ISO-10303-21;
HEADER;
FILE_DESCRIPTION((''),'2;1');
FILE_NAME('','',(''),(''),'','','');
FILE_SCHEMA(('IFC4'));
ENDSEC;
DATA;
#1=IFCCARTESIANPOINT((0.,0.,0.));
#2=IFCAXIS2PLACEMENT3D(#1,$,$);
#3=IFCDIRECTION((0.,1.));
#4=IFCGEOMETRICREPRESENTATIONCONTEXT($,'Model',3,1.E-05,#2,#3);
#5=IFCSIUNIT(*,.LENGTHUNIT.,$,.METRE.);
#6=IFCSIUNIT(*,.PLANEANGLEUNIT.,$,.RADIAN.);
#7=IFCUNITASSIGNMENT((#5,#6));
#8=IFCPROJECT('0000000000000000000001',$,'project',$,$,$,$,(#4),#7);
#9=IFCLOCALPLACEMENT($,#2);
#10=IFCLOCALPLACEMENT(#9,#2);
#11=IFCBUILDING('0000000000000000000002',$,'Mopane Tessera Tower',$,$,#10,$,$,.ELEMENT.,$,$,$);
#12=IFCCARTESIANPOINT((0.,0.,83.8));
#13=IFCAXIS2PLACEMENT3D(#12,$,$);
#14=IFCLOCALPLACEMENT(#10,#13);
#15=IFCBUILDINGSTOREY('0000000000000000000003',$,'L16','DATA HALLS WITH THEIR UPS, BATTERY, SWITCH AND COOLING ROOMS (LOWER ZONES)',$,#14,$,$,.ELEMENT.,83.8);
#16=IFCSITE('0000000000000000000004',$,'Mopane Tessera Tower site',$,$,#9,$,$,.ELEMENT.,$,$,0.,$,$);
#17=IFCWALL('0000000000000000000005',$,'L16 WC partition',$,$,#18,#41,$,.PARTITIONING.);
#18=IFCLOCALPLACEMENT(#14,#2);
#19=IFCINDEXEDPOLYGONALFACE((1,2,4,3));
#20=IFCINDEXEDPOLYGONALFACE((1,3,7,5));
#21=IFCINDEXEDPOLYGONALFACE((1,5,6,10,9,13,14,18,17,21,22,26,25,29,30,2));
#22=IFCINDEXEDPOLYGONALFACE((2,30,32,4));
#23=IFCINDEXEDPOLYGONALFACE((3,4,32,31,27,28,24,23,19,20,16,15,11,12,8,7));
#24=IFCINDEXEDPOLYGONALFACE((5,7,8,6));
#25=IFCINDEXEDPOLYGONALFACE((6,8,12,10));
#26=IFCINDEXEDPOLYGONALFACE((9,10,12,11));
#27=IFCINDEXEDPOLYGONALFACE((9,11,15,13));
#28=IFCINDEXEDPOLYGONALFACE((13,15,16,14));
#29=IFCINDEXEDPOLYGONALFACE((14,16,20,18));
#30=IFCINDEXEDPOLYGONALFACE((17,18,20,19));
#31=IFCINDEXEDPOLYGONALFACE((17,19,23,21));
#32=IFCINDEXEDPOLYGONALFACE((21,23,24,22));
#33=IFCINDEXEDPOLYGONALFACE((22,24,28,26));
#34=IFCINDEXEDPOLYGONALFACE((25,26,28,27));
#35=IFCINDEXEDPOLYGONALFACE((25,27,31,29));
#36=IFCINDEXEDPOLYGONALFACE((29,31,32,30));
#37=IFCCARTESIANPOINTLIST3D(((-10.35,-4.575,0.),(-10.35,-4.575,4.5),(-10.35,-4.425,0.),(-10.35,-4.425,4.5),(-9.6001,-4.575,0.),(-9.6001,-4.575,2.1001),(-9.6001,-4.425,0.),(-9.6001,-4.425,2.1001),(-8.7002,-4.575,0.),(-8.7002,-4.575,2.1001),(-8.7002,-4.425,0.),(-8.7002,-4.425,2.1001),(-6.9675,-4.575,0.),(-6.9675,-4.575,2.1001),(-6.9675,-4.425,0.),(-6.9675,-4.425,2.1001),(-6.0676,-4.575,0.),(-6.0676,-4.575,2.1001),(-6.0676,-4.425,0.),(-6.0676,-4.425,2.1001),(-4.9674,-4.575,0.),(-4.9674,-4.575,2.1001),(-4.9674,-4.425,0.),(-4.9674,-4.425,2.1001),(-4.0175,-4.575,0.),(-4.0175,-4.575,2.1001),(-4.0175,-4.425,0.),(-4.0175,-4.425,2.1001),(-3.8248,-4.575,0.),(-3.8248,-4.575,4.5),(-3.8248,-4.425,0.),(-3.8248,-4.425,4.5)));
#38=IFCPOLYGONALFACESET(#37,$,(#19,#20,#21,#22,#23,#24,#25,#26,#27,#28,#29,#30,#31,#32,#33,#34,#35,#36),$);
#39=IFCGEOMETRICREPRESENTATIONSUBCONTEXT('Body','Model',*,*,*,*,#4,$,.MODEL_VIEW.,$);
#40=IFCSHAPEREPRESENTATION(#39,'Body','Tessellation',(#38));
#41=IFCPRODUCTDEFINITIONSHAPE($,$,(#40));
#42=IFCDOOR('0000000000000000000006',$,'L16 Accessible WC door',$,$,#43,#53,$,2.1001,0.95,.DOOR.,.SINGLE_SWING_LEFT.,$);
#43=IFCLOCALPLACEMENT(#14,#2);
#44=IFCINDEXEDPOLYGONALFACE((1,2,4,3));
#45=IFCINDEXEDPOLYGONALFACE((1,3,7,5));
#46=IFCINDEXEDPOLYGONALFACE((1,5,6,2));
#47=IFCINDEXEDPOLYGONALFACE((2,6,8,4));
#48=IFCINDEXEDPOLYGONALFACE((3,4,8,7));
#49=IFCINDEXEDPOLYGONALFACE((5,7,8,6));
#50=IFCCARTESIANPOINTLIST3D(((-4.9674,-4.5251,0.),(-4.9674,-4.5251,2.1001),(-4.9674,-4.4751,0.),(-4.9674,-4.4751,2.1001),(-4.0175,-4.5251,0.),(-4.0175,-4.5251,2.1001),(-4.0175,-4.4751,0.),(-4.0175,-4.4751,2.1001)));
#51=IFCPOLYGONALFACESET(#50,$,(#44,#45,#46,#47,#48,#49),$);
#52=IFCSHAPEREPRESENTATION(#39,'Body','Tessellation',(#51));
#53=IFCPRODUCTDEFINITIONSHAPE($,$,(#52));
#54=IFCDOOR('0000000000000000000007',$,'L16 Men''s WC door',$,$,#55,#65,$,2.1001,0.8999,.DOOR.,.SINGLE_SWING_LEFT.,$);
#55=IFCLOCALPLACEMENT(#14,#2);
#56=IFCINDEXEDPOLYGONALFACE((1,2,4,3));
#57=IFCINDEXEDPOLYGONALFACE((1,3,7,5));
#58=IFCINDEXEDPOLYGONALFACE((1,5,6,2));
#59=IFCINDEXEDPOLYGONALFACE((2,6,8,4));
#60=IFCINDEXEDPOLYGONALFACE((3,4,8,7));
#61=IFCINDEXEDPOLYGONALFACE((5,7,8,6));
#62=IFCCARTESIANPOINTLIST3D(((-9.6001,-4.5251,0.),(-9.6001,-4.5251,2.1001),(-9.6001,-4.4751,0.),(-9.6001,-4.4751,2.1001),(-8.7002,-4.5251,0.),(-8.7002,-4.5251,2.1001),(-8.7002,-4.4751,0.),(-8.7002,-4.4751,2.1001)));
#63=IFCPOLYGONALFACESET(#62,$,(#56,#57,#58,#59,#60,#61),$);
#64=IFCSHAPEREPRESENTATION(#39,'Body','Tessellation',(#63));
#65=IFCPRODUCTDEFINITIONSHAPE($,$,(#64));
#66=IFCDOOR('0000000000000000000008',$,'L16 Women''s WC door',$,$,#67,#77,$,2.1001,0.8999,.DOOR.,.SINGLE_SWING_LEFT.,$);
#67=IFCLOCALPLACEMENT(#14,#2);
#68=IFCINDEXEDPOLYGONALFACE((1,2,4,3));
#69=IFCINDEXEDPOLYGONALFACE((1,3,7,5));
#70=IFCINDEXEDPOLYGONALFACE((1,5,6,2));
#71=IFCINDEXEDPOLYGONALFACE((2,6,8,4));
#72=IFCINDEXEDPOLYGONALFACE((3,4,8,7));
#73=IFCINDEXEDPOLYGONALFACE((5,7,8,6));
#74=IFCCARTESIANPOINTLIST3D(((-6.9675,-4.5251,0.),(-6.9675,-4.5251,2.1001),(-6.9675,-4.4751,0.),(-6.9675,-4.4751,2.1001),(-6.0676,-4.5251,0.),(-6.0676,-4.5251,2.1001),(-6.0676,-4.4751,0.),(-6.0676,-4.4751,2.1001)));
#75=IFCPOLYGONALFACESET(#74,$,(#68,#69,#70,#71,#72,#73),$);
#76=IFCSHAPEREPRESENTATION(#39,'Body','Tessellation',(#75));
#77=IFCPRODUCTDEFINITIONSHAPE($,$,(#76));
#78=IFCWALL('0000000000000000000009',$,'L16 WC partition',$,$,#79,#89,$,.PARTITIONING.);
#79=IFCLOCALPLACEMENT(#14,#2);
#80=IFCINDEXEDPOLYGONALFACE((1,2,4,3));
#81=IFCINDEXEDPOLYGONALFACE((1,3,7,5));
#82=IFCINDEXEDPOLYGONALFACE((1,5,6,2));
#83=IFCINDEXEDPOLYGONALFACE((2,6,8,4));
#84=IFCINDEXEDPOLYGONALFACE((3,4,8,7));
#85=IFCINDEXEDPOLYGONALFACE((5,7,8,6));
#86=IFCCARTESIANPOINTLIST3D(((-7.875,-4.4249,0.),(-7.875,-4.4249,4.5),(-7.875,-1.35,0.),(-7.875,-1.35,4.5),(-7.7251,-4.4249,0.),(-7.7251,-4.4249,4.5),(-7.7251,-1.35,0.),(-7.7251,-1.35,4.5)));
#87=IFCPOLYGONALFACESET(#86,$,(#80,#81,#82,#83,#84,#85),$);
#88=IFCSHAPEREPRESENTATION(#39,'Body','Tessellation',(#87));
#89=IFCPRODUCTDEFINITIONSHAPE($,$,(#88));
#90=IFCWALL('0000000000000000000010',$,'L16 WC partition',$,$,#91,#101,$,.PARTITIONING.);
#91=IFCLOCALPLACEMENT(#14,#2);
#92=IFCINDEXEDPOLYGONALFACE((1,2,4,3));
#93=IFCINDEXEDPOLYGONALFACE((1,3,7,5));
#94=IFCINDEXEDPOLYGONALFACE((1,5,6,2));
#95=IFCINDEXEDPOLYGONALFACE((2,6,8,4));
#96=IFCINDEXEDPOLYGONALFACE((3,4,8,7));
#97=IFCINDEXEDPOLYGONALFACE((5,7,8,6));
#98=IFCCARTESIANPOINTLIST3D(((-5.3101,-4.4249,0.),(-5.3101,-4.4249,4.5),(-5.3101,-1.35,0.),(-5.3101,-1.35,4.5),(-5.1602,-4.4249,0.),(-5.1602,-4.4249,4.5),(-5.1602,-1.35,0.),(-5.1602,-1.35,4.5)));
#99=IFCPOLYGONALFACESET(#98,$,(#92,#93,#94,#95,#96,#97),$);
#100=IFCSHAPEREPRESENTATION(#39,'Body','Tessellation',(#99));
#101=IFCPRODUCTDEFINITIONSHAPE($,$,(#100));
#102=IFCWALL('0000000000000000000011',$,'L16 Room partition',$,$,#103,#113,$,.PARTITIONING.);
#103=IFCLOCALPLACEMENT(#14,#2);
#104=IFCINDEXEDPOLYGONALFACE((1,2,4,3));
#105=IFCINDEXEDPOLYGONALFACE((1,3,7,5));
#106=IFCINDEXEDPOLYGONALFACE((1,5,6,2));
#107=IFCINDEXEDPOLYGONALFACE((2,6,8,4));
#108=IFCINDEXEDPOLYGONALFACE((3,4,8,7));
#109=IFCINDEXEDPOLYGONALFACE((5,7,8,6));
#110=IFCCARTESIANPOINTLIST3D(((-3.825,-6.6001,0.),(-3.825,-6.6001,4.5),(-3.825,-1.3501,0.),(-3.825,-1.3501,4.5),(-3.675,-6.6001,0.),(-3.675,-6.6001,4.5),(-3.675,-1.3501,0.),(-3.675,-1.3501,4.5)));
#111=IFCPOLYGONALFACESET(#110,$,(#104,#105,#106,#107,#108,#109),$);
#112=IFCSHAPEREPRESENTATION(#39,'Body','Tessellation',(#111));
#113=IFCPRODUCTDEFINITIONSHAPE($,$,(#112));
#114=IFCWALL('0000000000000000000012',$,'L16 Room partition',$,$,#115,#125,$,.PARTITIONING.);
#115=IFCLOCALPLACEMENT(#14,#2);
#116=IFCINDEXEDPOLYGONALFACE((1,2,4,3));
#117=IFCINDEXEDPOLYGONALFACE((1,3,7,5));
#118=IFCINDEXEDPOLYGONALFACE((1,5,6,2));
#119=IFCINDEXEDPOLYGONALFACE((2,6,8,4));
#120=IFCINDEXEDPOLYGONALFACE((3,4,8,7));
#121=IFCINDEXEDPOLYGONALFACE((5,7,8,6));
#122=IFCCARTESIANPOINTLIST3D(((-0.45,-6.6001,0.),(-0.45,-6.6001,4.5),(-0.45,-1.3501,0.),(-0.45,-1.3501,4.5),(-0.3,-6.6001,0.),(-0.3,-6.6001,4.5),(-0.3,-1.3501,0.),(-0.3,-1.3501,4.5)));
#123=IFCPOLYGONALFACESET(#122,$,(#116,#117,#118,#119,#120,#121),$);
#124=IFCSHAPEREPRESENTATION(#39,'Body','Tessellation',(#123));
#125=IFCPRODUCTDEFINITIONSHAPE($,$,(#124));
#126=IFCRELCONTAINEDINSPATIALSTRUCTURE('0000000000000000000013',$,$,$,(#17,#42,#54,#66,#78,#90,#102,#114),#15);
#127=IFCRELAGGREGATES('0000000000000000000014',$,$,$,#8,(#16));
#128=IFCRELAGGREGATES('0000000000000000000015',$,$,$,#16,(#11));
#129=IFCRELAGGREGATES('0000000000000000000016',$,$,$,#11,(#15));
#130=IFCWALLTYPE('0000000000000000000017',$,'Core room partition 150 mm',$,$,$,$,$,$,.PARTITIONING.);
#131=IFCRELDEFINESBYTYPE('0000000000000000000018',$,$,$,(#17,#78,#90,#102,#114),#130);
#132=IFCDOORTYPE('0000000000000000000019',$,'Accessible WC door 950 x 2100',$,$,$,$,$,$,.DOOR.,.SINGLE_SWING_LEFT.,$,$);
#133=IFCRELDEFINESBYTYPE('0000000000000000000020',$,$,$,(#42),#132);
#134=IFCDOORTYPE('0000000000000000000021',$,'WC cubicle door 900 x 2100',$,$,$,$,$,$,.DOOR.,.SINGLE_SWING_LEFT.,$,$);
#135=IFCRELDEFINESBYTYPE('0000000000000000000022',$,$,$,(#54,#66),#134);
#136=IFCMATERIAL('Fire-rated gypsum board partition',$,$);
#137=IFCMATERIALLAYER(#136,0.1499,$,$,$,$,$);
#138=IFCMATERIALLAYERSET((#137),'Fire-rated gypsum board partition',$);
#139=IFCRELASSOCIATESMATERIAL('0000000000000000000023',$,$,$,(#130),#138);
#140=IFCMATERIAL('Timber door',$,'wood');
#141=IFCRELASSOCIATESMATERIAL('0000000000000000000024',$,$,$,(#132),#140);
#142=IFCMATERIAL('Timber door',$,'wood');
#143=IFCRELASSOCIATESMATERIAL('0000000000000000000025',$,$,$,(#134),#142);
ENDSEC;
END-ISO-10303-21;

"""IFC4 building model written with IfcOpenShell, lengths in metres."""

from ifc_helpers import new_model, si_unit, direction, frame, frame_2d, origin, place, context, subcontext, project, spatial, rectangle, extrude, material, layer, layer_set, type_object, element, fill, save


model = new_model("IFC4")

# Units and contexts
model_context = context("Model", 3, precision=1e-05, world=origin(), true_north=direction((0.0, 1.0)))
body_context = subcontext(model_context, "Body", "Model", "MODEL_VIEW")
ifc_project = project(units=[si_unit("LENGTHUNIT", "METRE"), si_unit("PLANEANGLEUNIT", "RADIAN")], contexts=[model_context])

# Site, building, storey
site_placement = place(None, origin())
site = spatial("IfcSite", under=ifc_project, at=site_placement, Name="Mopane Tessera Tower site", CompositionType="ELEMENT", RefElevation=0.0)
building_placement = place(site_placement, origin())
building = spatial("IfcBuilding", under=site, at=building_placement, Name="Mopane Tessera Tower", CompositionType="ELEMENT")
storey_placement = place(building_placement, frame((0.0, 0.0, 83.8)))
storey = spatial("IfcBuildingStorey", under=building, at=storey_placement, Name="L16", Description="DATA HALLS WITH THEIR UPS, BATTERY, SWITCH AND COOLING ROOMS (LOWER ZONES)", CompositionType="ELEMENT", Elevation=83.8)

# Wall, openings, doors
ifc_material_1 = material(Name="Fire-rated gypsum board partition")
ifc_layer_1 = layer(ifc_material_1, 0.1499)
ifc_layer_set_1 = layer_set([ifc_layer_1], Name="Fire-rated gypsum board partition")
wall_type_1 = type_object("IfcWallType", Name="Core room partition 150 mm", PredefinedType="PARTITIONING", material=ifc_layer_set_1)
wall_1_placement = place(storey_placement, frame((-10.3501, -4.5, 0.0), z_axis=(0.0, 0.0, 1.0), x_axis=(1.0, 0.0, 0.0)))
wall_1 = element("IfcWall", 1, at=wall_1_placement, inside=storey, type_object=wall_type_1, Name="L16 WC partition", PredefinedType="PARTITIONING", context=body_context, shape_type="SweptSolid", body=[
    extrude(rectangle(XDim=6.5251, YDim=0.1499, at=frame_2d((3.2627, 0.0))), origin(), (0.0, 0.0, 1.0), 4.5),
])
opening_1_placement = place(wall_1_placement, frame((0.75, 0.0, 0.0)))
opening_1 = element("IfcOpeningElement", 2, at=opening_1_placement, cuts=wall_1, PredefinedType="OPENING", context=body_context, shape_type="SweptSolid", body=[
    extrude(rectangle(XDim=0.8999, YDim=2.1001, at=frame_2d((0.45, 1.05))), frame((0.0, 0.0869, 0.0), z_axis=(0.0, -1.0, 0.0), x_axis=(1.0, 0.0, 0.0)), (0.0, 0.0, 1.0), 0.1738),
])
opening_2_placement = place(wall_1_placement, frame((3.3826, 0.0, 0.0)))
opening_2 = element("IfcOpeningElement", 3, at=opening_2_placement, cuts=wall_1, PredefinedType="OPENING", context=body_context, shape_type="SweptSolid", body=[
    extrude(rectangle(XDim=0.8999, YDim=2.1001, at=frame_2d((0.45, 1.05))), frame((0.0, 0.0869, 0.0), z_axis=(0.0, -1.0, 0.0), x_axis=(1.0, 0.0, 0.0)), (0.0, 0.0, 1.0), 0.1738),
])
opening_3_placement = place(wall_1_placement, frame((5.3826, 0.0, 0.0)))
opening_3 = element("IfcOpeningElement", 4, at=opening_3_placement, cuts=wall_1, PredefinedType="OPENING", context=body_context, shape_type="SweptSolid", body=[
    extrude(rectangle(XDim=0.95, YDim=2.1001, at=frame_2d((0.4751, 1.05))), frame((0.0, 0.0869, 0.0), z_axis=(0.0, -1.0, 0.0), x_axis=(1.0, 0.0, 0.0)), (0.0, 0.0, 1.0), 0.1738),
])
ifc_material_2 = material(Name="Timber door", Category="wood")
door_type_1 = type_object("IfcDoorType", Name="Accessible WC door 950 x 2100", OperationType="SINGLE_SWING_LEFT", PredefinedType="DOOR", material=ifc_material_2)
door_1_placement = place(opening_3_placement, origin())
door_1 = element("IfcDoor", 5, at=door_1_placement, inside=storey, type_object=door_type_1, Name="L16 Accessible WC door", OperationType="SINGLE_SWING_LEFT", OverallHeight=2.1001, OverallWidth=0.95, PredefinedType="DOOR", context=body_context, shape_type="SweptSolid", body=[
    extrude(rectangle(XDim=0.95, YDim=2.1001, at=frame_2d((0.4751, 1.05))), frame((0.0, 0.0249, 0.0), z_axis=(0.0, -1.0, 0.0), x_axis=(1.0, 0.0, 0.0)), (0.0, 0.0, 1.0), 0.05),
])
fill(opening_3, door_1)
ifc_material_3 = material(Name="Timber door", Category="wood")
door_type_2 = type_object("IfcDoorType", Name="WC cubicle door 900 x 2100", OperationType="SINGLE_SWING_LEFT", PredefinedType="DOOR", material=ifc_material_3)
door_2_placement = place(opening_1_placement, origin())
door_2 = element("IfcDoor", 6, at=door_2_placement, inside=storey, type_object=door_type_2, Name="L16 Men's WC door", OperationType="SINGLE_SWING_LEFT", OverallHeight=2.1001, OverallWidth=0.8999, PredefinedType="DOOR", context=body_context, shape_type="SweptSolid", body=[
    extrude(rectangle(XDim=0.8999, YDim=2.1001, at=frame_2d((0.45, 1.05))), frame((0.0, 0.0249, 0.0), z_axis=(0.0, -1.0, 0.0), x_axis=(1.0, 0.0, 0.0)), (0.0, 0.0, 1.0), 0.05),
])
fill(opening_1, door_2)
door_3_placement = place(opening_2_placement, origin())
door_3 = element("IfcDoor", 7, at=door_3_placement, inside=storey, type_object=door_type_2, Name="L16 Women's WC door", OperationType="SINGLE_SWING_LEFT", OverallHeight=2.1001, OverallWidth=0.8999, PredefinedType="DOOR", context=body_context, shape_type="SweptSolid", body=[
    extrude(rectangle(XDim=0.8999, YDim=2.1001, at=frame_2d((0.45, 1.05))), frame((0.0, 0.0249, 0.0), z_axis=(0.0, -1.0, 0.0), x_axis=(1.0, 0.0, 0.0)), (0.0, 0.0, 1.0), 0.05),
])
fill(opening_2, door_3)

# Walls
for number, where, z_axis, x_axis, name in (
    (8, (-7.8, -4.425, 0.0), (0.0, 0.0, 1.0), (0.0, 1.0, 0.0), "L16 WC partition"),
    (9, (-5.2351, -4.425, 0.0), (0.0, 0.0, 1.0), (0.0, 1.0, 0.0), "L16 WC partition"),
):
    element("IfcWall", number, at=place(storey_placement, frame(where, z_axis=z_axis, x_axis=x_axis)), inside=storey, type_object=wall_type_1, Name=name, PredefinedType="PARTITIONING", context=body_context, shape_type="SweptSolid", body=[
        extrude(rectangle(XDim=3.075, YDim=0.1499, at=frame_2d((1.5376, 0.0))), origin(), (0.0, 0.0, 1.0), 4.5),
    ])
for number, where, z_axis, x_axis, name in (
    (10, (-3.75, -6.6001, 0.0), (0.0, 0.0, 1.0), (0.0, 1.0, 0.0), "L16 Room partition"),
    (11, (-0.375, -6.6001, 0.0), (0.0, 0.0, 1.0), (0.0, 1.0, 0.0), "L16 Room partition"),
):
    element("IfcWall", number, at=place(storey_placement, frame(where, z_axis=z_axis, x_axis=x_axis)), inside=storey, type_object=wall_type_1, Name=name, PredefinedType="PARTITIONING", context=body_context, shape_type="SweptSolid", body=[
        extrude(rectangle(XDim=5.25, YDim=0.1499, at=frame_2d((2.625, 0.0))), origin(), (0.0, 0.0, 1.0), 4.5),
    ])

save(model, "model.ifc")
